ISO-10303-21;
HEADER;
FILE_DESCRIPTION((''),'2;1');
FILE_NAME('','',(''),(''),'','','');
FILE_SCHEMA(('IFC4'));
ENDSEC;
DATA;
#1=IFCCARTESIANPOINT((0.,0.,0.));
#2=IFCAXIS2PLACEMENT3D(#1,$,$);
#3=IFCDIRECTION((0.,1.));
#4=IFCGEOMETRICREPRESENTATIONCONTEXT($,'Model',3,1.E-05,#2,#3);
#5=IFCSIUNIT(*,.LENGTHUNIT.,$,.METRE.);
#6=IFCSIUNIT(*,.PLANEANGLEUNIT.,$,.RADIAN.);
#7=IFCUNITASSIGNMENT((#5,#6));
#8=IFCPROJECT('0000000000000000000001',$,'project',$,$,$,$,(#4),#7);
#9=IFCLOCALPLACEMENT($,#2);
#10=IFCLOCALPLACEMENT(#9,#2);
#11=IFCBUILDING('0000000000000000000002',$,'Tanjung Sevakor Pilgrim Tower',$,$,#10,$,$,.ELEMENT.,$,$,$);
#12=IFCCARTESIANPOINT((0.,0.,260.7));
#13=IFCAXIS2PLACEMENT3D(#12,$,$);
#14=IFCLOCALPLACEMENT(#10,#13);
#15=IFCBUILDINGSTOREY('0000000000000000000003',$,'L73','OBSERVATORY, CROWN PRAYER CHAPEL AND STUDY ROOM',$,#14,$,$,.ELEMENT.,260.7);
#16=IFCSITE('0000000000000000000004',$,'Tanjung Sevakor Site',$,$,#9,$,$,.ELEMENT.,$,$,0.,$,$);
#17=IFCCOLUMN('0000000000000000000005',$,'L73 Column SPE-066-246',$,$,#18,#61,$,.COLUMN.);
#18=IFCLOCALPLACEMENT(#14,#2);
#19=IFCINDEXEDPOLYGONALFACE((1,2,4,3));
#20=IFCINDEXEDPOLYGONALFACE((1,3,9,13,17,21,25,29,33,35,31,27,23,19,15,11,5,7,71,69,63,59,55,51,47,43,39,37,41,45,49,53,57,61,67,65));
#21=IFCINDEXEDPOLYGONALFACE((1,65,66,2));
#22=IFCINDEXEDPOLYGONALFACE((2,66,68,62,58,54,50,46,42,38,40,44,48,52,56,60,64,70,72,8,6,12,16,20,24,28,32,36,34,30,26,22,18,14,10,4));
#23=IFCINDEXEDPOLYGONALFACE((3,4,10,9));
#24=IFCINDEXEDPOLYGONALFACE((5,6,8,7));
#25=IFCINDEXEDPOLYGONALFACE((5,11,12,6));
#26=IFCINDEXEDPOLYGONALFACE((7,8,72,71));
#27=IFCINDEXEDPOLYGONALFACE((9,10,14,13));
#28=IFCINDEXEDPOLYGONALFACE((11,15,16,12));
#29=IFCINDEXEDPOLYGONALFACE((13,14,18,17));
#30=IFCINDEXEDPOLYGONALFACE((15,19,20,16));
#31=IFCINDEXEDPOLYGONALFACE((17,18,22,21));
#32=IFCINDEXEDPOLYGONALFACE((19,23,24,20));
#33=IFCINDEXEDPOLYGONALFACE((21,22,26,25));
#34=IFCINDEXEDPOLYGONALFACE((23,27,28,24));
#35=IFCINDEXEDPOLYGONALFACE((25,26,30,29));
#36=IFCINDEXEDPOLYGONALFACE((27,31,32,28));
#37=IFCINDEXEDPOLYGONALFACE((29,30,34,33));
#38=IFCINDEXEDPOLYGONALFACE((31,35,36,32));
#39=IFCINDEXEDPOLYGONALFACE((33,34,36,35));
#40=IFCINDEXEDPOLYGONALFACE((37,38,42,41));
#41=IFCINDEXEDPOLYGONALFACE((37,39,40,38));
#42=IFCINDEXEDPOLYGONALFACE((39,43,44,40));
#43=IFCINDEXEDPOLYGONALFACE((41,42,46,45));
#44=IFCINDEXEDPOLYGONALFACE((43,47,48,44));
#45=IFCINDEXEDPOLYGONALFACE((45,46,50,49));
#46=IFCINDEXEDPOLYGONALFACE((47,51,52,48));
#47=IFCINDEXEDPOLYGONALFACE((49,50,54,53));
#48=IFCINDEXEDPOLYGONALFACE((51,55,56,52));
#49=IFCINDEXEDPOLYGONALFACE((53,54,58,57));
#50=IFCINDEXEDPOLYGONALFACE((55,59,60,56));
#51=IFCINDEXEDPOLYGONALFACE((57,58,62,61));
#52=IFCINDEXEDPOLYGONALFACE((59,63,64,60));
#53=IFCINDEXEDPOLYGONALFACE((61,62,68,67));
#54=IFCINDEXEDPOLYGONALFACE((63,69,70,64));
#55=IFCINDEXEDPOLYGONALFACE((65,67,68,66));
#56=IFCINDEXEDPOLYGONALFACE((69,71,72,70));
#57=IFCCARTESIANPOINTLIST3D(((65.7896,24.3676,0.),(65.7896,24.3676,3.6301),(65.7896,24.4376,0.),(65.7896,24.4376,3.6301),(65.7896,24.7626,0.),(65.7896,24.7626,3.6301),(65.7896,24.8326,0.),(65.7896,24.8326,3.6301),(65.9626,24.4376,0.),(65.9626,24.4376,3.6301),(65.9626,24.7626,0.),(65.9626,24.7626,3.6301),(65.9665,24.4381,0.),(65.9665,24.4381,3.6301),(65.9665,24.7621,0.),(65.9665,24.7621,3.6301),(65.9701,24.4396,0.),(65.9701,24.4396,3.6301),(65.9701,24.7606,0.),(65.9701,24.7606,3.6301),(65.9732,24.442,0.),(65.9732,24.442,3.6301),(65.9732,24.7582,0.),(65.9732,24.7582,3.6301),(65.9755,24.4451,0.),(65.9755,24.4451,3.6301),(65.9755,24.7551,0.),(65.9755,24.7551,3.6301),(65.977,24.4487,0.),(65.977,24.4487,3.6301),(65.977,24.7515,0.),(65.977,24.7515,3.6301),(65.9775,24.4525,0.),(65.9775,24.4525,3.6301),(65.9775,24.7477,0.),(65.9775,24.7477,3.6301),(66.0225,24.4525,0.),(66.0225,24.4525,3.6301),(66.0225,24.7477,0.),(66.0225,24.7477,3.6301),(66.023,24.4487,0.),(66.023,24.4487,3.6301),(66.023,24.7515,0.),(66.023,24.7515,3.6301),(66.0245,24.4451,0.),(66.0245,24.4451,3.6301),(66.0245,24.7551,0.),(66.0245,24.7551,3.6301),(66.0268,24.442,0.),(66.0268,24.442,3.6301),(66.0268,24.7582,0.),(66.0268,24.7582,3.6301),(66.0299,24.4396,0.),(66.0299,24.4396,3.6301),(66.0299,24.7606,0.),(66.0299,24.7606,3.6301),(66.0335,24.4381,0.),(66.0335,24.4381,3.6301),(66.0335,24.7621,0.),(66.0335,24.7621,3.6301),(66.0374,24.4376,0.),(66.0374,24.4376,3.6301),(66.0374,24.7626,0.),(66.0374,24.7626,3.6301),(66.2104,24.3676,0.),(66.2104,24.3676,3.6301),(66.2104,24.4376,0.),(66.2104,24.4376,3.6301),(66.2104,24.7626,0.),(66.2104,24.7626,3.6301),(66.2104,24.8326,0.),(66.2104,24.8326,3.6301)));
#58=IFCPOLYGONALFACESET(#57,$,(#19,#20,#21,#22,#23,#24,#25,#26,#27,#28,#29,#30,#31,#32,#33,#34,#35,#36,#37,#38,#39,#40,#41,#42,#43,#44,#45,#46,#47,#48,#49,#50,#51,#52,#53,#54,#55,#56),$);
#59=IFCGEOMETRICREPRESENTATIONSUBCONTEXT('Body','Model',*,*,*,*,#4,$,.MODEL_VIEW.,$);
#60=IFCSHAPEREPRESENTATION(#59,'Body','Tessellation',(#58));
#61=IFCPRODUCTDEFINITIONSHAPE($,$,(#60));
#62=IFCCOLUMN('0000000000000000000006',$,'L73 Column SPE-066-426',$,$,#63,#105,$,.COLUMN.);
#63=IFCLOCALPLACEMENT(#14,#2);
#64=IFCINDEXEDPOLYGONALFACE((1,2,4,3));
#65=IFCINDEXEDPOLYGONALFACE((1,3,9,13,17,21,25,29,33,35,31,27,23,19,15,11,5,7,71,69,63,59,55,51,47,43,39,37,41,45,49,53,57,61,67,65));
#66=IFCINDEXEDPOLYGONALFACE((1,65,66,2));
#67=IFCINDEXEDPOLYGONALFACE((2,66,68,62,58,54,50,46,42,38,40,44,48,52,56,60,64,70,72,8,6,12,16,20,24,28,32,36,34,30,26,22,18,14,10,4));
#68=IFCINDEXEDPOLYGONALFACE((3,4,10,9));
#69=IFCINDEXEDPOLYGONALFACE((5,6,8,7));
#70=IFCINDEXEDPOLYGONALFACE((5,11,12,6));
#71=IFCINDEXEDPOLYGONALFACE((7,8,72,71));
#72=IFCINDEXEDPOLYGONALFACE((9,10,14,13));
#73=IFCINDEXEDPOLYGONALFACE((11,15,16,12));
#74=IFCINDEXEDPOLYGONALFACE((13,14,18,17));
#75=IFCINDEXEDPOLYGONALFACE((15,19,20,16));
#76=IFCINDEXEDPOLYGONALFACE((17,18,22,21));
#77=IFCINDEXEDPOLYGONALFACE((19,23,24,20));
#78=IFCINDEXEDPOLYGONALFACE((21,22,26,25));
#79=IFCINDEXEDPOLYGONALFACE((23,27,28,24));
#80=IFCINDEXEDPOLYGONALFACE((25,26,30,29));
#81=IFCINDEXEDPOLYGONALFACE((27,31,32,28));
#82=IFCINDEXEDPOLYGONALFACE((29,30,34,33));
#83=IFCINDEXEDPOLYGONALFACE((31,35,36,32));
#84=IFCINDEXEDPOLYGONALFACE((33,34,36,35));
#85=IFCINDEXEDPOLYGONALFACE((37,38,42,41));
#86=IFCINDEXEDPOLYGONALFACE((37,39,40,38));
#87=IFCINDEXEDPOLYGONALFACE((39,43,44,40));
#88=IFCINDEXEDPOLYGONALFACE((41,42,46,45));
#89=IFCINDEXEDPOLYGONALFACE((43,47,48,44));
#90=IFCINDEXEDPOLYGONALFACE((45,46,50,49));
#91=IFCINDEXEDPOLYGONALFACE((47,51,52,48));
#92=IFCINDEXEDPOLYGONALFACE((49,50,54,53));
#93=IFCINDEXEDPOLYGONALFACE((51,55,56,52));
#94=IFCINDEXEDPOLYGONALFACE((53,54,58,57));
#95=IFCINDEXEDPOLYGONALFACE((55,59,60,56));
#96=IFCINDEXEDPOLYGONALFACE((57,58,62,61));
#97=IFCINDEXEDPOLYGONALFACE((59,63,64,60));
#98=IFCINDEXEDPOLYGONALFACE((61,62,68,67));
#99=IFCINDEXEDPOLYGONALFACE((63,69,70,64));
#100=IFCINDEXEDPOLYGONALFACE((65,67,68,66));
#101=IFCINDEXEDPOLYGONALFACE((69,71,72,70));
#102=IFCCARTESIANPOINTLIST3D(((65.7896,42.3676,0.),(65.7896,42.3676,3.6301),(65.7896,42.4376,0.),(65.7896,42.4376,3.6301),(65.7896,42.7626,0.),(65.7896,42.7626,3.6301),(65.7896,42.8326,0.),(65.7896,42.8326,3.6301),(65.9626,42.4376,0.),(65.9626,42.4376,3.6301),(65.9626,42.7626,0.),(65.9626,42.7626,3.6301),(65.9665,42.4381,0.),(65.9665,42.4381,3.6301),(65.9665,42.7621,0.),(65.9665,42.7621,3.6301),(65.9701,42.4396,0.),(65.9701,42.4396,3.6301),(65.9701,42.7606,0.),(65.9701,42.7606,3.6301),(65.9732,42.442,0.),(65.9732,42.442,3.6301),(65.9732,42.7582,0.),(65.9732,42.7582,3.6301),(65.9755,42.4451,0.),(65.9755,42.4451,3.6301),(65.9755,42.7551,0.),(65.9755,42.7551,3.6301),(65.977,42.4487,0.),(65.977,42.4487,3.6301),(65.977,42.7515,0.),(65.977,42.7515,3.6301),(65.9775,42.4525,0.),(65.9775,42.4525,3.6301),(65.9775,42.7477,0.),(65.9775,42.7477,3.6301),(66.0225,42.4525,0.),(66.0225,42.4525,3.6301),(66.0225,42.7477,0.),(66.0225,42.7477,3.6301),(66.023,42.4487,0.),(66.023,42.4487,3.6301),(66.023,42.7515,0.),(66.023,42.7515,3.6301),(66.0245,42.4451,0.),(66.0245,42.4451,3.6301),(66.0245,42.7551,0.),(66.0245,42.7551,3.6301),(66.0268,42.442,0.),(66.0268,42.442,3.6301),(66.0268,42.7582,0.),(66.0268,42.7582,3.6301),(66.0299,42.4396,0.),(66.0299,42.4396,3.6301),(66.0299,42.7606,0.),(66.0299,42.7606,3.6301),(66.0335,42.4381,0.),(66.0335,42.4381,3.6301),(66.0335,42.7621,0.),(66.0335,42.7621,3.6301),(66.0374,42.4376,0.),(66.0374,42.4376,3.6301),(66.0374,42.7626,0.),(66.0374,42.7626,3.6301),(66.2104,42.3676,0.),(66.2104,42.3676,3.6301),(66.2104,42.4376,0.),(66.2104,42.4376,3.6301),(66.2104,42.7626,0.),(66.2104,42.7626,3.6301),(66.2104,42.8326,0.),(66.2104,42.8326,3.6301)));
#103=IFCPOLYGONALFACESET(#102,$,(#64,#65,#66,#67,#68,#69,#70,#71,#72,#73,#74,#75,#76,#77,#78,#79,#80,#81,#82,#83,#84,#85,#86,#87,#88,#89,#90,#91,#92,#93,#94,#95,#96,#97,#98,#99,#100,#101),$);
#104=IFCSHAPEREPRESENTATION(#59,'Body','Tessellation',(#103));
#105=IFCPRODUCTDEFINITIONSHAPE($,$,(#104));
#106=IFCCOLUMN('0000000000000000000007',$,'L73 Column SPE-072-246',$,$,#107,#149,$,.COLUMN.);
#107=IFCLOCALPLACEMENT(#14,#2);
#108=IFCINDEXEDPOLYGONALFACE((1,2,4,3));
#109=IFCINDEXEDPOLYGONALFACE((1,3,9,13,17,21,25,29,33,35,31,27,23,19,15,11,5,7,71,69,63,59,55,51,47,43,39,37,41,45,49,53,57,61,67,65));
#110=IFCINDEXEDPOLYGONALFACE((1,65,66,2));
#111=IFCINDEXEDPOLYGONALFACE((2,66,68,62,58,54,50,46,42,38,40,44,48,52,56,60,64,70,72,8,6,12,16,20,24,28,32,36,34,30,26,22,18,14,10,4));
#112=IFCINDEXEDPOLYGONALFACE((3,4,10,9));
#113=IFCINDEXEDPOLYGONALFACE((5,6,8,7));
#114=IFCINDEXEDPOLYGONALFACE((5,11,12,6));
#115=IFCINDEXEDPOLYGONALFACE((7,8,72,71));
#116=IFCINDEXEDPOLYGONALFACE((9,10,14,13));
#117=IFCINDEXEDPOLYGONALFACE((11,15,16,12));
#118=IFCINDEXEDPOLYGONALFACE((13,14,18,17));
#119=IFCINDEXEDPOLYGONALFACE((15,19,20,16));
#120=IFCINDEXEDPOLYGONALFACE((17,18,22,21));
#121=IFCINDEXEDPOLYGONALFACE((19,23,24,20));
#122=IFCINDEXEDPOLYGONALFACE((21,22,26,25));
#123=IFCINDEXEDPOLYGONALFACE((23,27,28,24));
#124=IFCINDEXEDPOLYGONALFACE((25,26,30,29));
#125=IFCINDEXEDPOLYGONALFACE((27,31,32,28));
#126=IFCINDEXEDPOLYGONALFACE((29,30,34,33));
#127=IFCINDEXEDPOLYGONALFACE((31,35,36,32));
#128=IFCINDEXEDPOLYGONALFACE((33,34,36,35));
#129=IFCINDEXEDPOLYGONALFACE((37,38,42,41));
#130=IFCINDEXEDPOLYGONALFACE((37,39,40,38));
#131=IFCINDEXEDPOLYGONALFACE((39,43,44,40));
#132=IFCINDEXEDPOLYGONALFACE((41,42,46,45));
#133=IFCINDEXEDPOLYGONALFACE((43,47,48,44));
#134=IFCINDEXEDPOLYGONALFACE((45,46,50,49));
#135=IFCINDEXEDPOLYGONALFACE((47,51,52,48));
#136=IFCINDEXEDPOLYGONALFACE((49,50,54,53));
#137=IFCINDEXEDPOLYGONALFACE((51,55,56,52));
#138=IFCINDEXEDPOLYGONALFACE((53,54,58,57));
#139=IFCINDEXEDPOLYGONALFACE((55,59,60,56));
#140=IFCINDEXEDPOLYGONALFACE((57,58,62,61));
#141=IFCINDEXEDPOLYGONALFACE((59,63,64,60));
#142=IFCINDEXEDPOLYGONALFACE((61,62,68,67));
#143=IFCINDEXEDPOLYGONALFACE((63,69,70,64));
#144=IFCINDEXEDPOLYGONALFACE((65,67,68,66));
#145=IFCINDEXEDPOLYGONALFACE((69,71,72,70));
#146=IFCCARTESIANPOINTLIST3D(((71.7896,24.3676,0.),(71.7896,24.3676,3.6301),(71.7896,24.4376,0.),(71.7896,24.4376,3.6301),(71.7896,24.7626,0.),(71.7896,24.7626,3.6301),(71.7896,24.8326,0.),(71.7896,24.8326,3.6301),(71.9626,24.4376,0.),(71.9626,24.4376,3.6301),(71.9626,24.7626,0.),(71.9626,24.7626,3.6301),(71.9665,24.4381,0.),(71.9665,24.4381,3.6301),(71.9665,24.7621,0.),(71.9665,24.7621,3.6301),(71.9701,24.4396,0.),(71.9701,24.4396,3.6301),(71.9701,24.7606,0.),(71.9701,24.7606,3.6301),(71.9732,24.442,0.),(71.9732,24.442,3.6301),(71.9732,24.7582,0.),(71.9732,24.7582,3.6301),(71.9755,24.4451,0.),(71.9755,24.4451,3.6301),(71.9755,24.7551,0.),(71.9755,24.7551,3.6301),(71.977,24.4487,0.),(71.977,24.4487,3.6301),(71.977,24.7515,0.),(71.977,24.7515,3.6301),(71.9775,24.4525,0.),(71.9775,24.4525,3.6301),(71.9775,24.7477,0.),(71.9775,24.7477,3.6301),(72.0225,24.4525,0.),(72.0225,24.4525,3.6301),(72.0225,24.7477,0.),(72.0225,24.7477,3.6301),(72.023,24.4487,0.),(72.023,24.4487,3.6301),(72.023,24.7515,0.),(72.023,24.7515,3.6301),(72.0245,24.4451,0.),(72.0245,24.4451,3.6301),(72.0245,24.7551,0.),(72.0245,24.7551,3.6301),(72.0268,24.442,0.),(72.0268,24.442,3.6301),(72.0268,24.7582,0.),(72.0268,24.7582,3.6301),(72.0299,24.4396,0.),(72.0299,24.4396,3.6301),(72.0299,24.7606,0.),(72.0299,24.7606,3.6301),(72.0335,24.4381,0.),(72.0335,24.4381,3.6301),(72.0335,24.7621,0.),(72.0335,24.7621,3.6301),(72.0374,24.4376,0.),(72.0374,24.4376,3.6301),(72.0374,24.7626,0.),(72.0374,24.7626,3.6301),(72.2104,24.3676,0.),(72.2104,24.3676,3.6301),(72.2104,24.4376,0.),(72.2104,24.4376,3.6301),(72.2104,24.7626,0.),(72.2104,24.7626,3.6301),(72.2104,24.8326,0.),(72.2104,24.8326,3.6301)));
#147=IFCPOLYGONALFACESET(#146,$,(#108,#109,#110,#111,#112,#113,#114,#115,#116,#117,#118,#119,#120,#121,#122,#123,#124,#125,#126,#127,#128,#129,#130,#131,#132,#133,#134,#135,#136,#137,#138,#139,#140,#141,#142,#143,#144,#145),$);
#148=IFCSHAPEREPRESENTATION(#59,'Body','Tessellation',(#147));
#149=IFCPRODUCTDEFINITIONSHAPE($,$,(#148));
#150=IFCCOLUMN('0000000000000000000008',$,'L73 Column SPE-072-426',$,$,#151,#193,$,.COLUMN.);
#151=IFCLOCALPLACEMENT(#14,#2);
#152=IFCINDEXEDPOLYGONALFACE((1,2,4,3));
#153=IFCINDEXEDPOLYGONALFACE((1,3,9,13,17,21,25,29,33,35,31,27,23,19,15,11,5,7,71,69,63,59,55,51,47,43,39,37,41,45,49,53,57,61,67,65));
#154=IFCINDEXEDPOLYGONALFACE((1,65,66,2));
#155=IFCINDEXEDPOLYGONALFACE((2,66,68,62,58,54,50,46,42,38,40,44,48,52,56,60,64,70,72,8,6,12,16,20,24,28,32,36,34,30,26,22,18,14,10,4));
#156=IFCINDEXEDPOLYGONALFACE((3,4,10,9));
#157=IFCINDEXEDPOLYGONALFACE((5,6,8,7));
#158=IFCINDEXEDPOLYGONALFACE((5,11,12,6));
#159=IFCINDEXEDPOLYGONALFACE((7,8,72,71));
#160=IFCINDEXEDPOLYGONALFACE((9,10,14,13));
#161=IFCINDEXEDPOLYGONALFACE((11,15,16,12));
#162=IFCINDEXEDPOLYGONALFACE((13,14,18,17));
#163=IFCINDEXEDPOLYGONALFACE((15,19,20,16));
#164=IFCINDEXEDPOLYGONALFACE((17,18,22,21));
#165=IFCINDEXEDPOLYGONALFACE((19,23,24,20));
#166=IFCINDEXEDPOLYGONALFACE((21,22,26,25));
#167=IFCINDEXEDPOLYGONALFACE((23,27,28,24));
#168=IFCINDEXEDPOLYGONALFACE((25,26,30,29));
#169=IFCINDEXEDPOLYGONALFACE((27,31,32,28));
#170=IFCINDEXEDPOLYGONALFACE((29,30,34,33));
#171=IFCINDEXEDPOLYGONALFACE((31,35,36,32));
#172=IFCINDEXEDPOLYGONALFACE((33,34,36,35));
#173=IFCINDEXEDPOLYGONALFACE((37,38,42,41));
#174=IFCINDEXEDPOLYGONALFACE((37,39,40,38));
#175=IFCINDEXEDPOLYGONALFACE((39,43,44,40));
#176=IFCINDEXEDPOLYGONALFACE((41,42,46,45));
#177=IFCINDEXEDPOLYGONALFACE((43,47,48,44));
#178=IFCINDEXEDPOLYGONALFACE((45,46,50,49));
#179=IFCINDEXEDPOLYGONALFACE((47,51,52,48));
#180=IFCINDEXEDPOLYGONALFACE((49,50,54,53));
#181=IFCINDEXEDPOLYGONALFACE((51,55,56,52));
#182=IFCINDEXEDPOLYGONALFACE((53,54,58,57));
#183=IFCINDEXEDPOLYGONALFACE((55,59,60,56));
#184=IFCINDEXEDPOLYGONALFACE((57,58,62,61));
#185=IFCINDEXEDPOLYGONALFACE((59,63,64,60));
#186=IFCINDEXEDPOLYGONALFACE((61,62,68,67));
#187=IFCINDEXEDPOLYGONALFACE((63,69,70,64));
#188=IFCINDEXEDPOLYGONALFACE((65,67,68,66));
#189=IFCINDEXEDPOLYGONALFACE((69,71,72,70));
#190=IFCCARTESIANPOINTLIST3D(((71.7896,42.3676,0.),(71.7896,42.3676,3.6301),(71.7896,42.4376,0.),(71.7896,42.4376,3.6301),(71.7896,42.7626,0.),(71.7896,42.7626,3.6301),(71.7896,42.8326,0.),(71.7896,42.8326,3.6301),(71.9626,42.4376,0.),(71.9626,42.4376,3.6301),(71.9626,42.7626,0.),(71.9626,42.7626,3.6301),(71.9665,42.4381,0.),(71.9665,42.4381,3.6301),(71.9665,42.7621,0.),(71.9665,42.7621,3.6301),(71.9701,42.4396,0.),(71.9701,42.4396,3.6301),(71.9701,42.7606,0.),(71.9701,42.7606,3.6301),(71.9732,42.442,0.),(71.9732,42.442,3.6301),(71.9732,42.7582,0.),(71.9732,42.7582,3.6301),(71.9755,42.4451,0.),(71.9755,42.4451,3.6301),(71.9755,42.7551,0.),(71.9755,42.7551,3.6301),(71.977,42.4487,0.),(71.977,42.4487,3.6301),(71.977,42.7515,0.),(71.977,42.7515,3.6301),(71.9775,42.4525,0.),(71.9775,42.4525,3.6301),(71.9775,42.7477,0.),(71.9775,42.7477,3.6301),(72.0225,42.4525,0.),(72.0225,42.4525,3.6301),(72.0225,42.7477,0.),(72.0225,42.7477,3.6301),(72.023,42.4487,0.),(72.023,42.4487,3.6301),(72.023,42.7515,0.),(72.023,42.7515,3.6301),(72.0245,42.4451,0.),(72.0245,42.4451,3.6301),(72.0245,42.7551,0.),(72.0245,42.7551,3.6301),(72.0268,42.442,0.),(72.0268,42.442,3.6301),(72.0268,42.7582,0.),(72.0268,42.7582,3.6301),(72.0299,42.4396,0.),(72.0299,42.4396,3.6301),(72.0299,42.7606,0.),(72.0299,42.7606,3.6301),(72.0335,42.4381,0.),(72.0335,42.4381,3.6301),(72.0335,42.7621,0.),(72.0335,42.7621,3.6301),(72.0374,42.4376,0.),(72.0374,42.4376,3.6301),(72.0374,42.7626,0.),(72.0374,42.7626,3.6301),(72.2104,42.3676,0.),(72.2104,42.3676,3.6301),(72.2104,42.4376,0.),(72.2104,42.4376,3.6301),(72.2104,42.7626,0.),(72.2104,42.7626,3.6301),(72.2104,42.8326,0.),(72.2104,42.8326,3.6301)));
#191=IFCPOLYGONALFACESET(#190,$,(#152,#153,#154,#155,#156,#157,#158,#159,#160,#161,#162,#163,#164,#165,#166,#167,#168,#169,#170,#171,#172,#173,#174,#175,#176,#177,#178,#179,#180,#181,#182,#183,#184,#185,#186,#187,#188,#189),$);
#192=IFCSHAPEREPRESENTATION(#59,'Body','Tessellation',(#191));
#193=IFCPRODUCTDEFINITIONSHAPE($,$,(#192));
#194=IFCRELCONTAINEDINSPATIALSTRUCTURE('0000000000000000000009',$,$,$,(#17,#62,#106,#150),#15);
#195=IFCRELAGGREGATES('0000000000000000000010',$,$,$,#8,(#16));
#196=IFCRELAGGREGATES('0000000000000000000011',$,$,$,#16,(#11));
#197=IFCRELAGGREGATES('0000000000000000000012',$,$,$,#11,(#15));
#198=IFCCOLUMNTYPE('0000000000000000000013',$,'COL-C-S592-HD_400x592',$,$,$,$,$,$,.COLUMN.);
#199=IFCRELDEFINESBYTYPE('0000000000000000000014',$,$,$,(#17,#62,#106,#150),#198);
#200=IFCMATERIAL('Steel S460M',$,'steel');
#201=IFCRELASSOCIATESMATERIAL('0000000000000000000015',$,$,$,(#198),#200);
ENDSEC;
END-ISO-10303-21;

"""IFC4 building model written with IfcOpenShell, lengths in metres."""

from ifc_helpers import new_model, si_unit, direction, frame, origin, origin_2d, place, context, subcontext, project, spatial, i_section, extrude, material, material_profile, profile_set, type_object, element, save


model = new_model("IFC4")

# Units and contexts
model_context = context("Model", 3, precision=1e-05, world=origin(), true_north=direction((0.0, 1.0)))
body_context = subcontext(model_context, "Body", "Model", "MODEL_VIEW")
ifc_project = project(units=[si_unit("LENGTHUNIT", "METRE"), si_unit("PLANEANGLEUNIT", "RADIAN")], contexts=[model_context])

# Site, building, storey
site_placement = place(None, origin())
site = spatial("IfcSite", under=ifc_project, at=site_placement, Name="Tanjung Sevakor Site", CompositionType="ELEMENT", RefElevation=0.0)
building_placement = place(site_placement, origin())
building = spatial("IfcBuilding", under=site, at=building_placement, Name="Tanjung Sevakor Pilgrim Tower", CompositionType="ELEMENT")
storey_placement = place(building_placement, frame((0.0, 0.0, 260.7)))
storey = spatial("IfcBuildingStorey", under=building, at=storey_placement, Name="L73", Description="OBSERVATORY, CROWN PRAYER CHAPEL AND STUDY ROOM", CompositionType="ELEMENT", Elevation=260.7)

# Columns
ifc_material_1 = material(Name="Steel S460M", Category="steel")
ifc_material_profile_1 = material_profile(ifc_material_1, i_section(OverallWidth=0.4209, OverallDepth=0.4651, WebThickness=0.0449, FlangeThickness=0.0701, FilletRadius=0.0149, at=origin_2d()))
ifc_profile_set_1 = profile_set([ifc_material_profile_1], Name="Steel S460M")
column_type = type_object("IfcColumnType", Name="COL-C-S592-HD_400x592", PredefinedType="COLUMN", material=ifc_profile_set_1)
for number, where, z_axis, x_axis, name in (
    (1, (66.0, 24.6001, 0.0), (0.0, 0.0, 1.0), (1.0, 0.0, 0.0), "L73 Column SPE-066-246"),
    (2, (66.0, 42.6001, 0.0), (0.0, 0.0, 1.0), (1.0, 0.0, 0.0), "L73 Column SPE-066-426"),
    (3, (72.0, 24.6001, 0.0), (0.0, 0.0, 1.0), (1.0, 0.0, 0.0), "L73 Column SPE-072-246"),
    (4, (72.0, 42.6001, 0.0), (0.0, 0.0, 1.0), (1.0, 0.0, 0.0), "L73 Column SPE-072-426"),
):
    element("IfcColumn", number, at=place(storey_placement, frame(where, z_axis=z_axis, x_axis=x_axis)), inside=storey, type_object=column_type, Name=name, PredefinedType="COLUMN", context=body_context, shape_type="SweptSolid", body=[
        extrude(i_section(OverallWidth=0.4209, OverallDepth=0.4651, WebThickness=0.0449, FlangeThickness=0.0701, FilletRadius=0.0149, at=origin_2d()), origin(), (0.0, 0.0, 1.0), 3.6301),
    ])

save(model, "model.ifc")
